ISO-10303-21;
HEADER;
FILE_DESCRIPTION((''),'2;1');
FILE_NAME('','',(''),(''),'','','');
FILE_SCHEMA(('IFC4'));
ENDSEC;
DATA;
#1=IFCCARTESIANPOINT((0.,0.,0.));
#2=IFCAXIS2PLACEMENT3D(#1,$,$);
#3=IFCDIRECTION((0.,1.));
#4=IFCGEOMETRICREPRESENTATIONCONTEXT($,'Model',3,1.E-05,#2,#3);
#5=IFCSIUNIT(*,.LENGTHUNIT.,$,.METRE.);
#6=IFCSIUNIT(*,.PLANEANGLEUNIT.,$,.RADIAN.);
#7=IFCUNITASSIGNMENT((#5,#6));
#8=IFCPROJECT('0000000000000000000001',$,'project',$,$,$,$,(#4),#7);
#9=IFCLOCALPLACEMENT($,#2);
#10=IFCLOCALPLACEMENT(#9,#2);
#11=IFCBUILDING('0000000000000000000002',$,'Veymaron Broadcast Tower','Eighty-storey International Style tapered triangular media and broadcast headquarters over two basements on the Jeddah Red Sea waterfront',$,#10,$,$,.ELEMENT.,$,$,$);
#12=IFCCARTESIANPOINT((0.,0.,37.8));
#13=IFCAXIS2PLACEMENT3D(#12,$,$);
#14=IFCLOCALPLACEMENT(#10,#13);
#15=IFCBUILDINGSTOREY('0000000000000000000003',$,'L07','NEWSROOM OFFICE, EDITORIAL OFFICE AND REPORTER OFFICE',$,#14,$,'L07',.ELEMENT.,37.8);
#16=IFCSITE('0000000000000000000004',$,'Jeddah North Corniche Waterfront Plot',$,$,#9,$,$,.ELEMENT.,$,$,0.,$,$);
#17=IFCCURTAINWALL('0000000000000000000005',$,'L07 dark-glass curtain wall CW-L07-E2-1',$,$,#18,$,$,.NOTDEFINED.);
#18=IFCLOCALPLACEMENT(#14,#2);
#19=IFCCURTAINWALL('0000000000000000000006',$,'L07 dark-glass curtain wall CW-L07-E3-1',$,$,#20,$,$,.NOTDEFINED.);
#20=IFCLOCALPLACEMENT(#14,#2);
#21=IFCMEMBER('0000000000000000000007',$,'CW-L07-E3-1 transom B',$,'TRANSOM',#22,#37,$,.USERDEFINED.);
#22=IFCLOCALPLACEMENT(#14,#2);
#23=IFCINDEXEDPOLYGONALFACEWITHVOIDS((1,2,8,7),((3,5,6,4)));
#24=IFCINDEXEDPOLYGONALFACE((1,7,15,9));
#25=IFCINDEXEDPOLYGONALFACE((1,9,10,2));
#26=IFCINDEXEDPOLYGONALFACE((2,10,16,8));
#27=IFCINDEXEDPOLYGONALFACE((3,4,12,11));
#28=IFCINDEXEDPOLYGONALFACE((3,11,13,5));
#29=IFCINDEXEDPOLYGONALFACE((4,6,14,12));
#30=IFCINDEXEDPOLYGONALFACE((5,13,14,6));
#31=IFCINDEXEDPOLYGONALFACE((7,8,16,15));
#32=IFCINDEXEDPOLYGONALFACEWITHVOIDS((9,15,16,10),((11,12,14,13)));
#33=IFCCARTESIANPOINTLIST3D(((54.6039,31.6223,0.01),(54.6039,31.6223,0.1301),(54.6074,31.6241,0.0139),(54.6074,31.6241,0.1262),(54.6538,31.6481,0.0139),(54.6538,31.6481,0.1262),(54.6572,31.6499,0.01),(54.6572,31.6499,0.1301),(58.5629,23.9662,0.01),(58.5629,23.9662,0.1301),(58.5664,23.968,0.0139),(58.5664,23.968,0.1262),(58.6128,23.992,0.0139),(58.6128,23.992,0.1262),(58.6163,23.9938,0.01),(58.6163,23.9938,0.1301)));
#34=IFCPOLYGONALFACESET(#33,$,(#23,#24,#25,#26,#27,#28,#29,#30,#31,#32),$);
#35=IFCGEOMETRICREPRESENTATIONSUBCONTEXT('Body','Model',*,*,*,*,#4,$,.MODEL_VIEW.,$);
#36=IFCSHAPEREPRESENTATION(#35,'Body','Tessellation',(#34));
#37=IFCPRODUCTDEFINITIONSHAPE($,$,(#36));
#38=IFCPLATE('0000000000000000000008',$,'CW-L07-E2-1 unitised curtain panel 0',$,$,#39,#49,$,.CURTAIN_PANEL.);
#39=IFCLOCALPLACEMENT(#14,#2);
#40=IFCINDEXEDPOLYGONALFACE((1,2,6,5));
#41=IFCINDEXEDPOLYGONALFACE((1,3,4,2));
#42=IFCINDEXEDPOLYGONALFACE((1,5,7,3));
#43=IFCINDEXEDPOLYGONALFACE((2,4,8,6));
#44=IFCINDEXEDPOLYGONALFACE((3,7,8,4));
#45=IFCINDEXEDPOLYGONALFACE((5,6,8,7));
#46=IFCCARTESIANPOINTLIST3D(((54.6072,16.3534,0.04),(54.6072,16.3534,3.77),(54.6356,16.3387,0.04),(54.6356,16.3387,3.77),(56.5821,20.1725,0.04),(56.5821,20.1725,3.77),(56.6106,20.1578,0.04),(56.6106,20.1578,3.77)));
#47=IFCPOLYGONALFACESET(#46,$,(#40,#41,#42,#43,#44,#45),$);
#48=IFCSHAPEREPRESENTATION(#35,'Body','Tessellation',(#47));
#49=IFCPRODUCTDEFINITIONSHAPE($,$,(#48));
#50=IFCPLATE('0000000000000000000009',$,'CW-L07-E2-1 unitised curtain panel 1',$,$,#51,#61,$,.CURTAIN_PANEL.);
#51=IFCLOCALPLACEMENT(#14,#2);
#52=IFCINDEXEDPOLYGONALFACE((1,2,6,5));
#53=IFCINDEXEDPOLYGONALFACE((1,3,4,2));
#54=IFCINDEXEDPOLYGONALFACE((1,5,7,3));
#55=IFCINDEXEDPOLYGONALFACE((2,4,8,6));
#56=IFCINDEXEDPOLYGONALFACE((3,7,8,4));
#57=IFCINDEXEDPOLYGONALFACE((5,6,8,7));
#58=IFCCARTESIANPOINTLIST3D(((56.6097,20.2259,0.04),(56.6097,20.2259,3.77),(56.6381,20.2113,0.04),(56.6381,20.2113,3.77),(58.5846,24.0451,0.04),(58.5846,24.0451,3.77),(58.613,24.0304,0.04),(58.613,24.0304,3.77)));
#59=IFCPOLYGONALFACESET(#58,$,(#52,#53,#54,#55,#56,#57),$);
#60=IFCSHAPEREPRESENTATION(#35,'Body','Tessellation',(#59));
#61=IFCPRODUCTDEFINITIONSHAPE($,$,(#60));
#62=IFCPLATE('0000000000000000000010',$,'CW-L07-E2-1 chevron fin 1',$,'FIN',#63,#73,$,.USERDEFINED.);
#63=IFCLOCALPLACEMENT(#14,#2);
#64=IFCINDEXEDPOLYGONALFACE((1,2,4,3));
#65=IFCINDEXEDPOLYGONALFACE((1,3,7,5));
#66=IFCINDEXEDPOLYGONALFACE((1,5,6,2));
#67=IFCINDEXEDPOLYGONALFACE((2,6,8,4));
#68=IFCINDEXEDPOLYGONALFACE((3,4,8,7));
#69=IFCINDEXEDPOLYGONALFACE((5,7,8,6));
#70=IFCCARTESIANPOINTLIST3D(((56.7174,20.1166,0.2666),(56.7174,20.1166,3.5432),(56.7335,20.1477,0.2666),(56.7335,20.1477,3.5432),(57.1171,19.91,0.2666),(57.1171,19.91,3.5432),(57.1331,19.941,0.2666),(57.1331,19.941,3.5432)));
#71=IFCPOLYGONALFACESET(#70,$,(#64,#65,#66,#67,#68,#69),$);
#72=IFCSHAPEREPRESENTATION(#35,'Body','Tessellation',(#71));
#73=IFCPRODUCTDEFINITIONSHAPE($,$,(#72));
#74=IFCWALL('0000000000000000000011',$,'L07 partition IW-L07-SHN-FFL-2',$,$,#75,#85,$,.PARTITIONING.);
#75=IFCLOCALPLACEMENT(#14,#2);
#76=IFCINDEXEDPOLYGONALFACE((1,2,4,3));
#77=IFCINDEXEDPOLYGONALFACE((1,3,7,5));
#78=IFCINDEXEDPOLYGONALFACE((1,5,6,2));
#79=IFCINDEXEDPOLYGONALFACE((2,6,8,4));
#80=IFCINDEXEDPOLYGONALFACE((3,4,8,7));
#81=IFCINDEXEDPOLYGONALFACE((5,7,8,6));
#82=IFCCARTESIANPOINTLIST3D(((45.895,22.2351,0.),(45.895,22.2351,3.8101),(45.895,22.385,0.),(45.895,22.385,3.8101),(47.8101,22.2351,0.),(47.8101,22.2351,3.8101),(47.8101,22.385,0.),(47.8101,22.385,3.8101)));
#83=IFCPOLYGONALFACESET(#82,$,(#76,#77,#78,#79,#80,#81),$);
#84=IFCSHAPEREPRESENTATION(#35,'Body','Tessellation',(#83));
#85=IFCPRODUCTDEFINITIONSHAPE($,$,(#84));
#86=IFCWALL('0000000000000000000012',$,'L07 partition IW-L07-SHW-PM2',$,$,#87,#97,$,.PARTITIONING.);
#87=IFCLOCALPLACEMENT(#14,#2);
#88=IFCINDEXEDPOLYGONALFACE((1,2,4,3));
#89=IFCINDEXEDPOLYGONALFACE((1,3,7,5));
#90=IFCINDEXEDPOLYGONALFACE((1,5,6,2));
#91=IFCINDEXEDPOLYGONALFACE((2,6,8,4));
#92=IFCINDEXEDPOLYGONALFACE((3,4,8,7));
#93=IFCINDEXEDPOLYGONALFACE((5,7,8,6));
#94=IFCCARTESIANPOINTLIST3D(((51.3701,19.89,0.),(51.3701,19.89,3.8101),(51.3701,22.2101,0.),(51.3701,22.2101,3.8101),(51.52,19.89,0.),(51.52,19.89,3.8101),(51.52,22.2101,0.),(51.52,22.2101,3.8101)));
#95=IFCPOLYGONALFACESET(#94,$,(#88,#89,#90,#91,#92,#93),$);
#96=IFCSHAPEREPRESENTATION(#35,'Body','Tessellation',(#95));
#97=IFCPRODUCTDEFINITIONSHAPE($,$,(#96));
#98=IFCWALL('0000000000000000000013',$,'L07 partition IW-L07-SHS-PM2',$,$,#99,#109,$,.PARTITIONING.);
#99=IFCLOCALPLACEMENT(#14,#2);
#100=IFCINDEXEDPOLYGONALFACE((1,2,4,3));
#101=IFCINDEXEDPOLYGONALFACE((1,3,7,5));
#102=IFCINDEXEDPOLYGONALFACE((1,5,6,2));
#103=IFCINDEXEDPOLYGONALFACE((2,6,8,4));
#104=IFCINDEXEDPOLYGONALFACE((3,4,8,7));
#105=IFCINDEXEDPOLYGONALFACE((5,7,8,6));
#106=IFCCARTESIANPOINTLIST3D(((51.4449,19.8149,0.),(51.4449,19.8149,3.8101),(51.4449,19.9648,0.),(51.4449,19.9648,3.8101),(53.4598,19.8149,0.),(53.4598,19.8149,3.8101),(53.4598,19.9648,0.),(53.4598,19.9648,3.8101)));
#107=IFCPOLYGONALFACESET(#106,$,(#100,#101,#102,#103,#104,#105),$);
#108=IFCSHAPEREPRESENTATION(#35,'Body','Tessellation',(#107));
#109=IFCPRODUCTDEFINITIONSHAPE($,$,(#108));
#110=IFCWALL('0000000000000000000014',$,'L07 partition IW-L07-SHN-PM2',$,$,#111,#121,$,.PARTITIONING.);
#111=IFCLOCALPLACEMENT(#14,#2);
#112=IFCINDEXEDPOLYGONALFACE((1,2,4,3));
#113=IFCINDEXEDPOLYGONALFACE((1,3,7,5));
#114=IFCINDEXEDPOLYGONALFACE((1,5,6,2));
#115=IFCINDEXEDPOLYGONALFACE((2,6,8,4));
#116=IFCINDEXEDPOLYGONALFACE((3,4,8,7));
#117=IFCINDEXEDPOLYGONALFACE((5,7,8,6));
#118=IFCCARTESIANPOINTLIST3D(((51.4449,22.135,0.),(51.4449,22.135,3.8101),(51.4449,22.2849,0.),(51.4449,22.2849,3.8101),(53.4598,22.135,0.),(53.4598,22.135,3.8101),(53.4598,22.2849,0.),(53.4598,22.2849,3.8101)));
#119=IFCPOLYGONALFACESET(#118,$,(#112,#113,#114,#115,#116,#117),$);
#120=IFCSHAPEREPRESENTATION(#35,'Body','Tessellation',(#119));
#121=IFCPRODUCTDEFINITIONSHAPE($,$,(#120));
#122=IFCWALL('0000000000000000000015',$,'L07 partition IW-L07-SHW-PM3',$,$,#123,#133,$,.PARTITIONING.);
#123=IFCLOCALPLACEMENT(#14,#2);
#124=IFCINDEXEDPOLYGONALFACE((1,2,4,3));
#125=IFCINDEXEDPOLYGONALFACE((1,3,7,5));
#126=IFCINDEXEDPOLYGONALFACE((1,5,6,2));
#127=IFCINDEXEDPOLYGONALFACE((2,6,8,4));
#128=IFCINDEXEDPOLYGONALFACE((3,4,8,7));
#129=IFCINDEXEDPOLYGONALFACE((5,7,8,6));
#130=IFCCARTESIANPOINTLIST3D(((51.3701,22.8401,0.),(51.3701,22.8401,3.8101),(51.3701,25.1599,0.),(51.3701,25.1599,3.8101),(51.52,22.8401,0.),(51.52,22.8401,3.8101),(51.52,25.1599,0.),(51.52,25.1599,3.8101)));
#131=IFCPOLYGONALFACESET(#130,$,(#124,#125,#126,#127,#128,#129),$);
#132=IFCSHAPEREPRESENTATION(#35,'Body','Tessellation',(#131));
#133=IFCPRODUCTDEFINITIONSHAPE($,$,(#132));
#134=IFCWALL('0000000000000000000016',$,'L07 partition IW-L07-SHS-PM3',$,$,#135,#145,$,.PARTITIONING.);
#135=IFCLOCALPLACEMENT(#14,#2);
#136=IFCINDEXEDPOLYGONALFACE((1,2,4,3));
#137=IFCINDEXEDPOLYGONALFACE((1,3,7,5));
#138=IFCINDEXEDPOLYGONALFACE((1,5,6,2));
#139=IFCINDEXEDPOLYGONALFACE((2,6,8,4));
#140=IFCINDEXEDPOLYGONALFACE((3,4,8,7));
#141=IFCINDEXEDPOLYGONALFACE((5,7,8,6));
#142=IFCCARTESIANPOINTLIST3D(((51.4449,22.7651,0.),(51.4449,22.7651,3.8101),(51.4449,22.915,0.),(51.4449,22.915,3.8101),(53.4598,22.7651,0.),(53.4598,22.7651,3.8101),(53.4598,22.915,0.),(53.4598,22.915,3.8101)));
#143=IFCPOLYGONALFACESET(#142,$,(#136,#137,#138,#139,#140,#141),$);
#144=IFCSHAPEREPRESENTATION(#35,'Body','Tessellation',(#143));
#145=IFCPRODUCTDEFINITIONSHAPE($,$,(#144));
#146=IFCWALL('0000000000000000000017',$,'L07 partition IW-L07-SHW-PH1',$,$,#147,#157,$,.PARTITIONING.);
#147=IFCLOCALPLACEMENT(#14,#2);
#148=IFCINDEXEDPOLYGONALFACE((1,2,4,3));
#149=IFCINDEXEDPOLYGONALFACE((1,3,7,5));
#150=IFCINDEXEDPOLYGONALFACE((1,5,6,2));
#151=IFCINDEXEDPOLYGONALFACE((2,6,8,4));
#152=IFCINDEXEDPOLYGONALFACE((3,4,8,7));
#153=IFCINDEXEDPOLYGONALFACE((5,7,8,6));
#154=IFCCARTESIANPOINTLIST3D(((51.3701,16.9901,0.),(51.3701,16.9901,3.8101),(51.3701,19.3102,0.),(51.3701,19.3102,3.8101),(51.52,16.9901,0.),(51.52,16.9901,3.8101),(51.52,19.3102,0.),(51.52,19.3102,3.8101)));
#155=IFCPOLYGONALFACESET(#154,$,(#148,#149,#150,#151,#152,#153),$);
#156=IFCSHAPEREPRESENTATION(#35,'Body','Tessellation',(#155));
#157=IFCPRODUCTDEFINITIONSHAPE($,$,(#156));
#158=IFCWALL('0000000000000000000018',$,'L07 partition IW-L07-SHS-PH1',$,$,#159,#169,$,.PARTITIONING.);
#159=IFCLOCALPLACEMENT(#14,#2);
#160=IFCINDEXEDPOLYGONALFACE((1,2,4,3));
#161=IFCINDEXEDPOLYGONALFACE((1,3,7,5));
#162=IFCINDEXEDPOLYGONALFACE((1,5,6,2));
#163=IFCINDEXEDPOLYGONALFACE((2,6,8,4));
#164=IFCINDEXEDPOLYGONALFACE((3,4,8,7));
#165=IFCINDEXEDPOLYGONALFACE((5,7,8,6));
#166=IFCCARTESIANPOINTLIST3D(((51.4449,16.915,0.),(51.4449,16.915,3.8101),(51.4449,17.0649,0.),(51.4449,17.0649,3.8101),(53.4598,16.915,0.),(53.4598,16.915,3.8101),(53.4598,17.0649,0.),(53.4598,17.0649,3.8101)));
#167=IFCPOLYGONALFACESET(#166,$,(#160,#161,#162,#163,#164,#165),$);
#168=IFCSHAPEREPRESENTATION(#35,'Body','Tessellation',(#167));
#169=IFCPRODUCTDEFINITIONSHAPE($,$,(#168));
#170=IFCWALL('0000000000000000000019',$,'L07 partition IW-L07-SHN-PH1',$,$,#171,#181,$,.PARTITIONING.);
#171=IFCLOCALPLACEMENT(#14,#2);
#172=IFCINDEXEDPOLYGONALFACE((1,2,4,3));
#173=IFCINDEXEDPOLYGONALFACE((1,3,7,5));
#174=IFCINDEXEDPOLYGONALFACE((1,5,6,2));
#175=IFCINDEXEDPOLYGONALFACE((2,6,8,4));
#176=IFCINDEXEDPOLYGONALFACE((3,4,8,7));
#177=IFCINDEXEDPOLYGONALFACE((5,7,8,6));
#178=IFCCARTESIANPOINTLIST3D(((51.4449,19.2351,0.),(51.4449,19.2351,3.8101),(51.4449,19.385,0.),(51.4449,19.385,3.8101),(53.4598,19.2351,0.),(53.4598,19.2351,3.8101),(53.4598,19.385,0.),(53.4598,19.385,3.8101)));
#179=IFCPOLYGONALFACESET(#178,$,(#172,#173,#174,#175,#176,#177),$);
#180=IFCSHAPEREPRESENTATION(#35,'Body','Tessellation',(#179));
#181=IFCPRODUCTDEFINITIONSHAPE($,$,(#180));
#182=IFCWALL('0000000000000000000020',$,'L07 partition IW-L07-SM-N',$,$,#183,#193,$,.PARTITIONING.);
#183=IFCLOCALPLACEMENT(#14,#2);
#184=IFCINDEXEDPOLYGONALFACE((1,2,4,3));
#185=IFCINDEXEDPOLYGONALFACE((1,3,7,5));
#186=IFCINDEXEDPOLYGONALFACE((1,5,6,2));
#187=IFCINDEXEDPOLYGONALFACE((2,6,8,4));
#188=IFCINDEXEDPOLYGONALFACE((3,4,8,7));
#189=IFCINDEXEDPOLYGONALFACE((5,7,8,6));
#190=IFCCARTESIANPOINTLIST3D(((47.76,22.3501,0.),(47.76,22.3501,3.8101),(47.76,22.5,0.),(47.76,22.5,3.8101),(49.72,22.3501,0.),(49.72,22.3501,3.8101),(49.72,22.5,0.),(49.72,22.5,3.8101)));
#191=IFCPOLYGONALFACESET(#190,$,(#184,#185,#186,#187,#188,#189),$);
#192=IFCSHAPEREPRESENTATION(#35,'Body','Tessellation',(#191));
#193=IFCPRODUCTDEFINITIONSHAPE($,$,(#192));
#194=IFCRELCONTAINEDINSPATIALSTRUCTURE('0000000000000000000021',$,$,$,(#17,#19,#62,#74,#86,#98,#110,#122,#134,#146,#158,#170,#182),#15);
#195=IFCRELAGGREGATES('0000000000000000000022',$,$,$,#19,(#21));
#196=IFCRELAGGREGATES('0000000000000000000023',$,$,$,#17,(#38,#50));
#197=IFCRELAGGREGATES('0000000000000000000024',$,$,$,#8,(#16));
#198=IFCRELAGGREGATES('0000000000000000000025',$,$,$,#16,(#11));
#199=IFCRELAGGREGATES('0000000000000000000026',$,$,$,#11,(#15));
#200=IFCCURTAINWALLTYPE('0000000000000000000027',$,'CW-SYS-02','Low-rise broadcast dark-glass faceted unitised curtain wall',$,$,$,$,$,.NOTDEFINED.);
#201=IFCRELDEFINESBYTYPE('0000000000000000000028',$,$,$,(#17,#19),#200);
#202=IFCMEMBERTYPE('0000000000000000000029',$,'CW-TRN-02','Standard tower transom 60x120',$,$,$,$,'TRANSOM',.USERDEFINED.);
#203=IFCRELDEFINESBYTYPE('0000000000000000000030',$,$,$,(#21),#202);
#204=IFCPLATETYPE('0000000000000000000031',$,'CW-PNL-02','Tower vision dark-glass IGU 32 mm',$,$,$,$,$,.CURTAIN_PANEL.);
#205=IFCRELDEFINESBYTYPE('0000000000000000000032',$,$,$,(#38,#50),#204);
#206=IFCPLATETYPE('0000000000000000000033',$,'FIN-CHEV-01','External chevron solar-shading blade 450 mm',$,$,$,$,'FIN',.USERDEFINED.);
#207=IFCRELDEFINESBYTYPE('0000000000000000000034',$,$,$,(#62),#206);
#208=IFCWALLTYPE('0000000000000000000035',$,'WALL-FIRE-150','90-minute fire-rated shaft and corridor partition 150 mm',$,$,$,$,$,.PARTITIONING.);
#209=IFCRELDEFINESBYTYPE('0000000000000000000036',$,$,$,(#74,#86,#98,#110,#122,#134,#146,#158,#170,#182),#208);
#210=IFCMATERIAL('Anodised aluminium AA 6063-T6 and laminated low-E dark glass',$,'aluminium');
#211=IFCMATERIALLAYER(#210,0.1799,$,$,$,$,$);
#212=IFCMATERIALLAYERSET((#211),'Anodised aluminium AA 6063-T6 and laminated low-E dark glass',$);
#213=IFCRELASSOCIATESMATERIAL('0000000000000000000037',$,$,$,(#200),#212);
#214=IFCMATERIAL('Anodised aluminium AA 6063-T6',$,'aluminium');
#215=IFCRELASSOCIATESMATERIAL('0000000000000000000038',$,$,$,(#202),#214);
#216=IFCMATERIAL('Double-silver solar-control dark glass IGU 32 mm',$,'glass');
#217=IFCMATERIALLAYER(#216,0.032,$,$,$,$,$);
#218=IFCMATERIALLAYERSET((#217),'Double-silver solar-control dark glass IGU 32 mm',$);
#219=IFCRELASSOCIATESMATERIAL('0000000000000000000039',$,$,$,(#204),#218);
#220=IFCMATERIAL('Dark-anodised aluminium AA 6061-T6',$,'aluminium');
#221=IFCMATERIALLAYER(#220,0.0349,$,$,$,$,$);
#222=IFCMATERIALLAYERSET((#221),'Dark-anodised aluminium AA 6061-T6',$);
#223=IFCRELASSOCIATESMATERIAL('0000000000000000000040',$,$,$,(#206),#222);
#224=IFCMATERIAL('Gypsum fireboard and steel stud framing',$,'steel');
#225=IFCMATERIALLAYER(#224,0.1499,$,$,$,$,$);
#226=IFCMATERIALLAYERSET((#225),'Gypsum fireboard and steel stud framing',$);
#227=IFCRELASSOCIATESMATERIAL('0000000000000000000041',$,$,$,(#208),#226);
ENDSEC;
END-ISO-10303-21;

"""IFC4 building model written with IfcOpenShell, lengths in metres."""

from ifc_helpers import new_model, si_unit, direction, frame, frame_2d, origin, origin_2d, place, context, subcontext, project, spatial, rectangle, hollow_rectangle, extrude, material, layer, layer_set, material_profile, profile_set, type_object, element, aggregate, save


model = new_model("IFC4")

# Units and contexts
model_context = context("Model", 3, precision=1e-05, world=origin(), true_north=direction((0.0, 1.0)))
body_context = subcontext(model_context, "Body", "Model", "MODEL_VIEW")
ifc_project = project(units=[si_unit("LENGTHUNIT", "METRE"), si_unit("PLANEANGLEUNIT", "RADIAN")], contexts=[model_context])

# Site, building, storey
site_placement = place(None, origin())
site = spatial("IfcSite", under=ifc_project, at=site_placement, Name="Jeddah North Corniche Waterfront Plot", CompositionType="ELEMENT", RefElevation=0.0)
building_placement = place(site_placement, origin())
building = spatial("IfcBuilding", under=site, at=building_placement, Name="Veymaron Broadcast Tower", Description="Eighty-storey International Style tapered triangular media and broadcast headquarters over two basements on the Jeddah Red Sea waterfront", CompositionType="ELEMENT")
storey_placement = place(building_placement, frame((0.0, 0.0, 37.8)))
storey = spatial("IfcBuildingStorey", under=building, at=storey_placement, Name="L07", Description="NEWSROOM OFFICE, EDITORIAL OFFICE AND REPORTER OFFICE", LongName="L07", CompositionType="ELEMENT", Elevation=37.8)

# Curtain wall
ifc_material_1 = material(Name="Anodised aluminium AA 6063-T6 and laminated low-E dark glass", Category="aluminium")
ifc_layer_1 = layer(ifc_material_1, 0.1799)
ifc_layer_set_1 = layer_set([ifc_layer_1], Name="Anodised aluminium AA 6063-T6 and laminated low-E dark glass")
curtain_wall_type = type_object("IfcCurtainWallType", Name="CW-SYS-02", Description="Low-rise broadcast dark-glass faceted unitised curtain wall", PredefinedType="NOTDEFINED", material=ifc_layer_set_1)
curtain_wall_1_placement = place(storey_placement, origin())
curtain_wall_1 = element("IfcCurtainWall", 1, at=curtain_wall_1_placement, inside=storey, type_object=curtain_wall_type, Name="L07 dark-glass curtain wall CW-L07-E2-1", PredefinedType="NOTDEFINED")
ifc_material_2 = material(Name="Anodised aluminium AA 6063-T6", Category="aluminium")

# Curtain wall
curtain_wall_2_placement = place(storey_placement, origin())
curtain_wall_2 = element("IfcCurtainWall", 2, at=curtain_wall_2_placement, inside=storey, type_object=curtain_wall_type, Name="L07 dark-glass curtain wall CW-L07-E3-1", PredefinedType="NOTDEFINED")

# Member
ifc_material_profile_1 = material_profile(ifc_material_2, hollow_rectangle(XDim=0.0601, YDim=0.1201, WallThickness=0.0039, at=origin_2d()), Name="AL120X60X4")
ifc_profile_set_1 = profile_set([ifc_material_profile_1], Name="Anodised aluminium AA 6063-T6")
member_type_1 = type_object("IfcMemberType", Name="CW-TRN-02", Description="Standard tower transom 60x120", ElementType="TRANSOM", PredefinedType="USERDEFINED", material=ifc_profile_set_1)
member_1_placement = place(storey_placement, frame((58.5896, 23.98, 0.0701), z_axis=(-0.45933, 0.888266, 0.0), x_axis=(-0.888266, -0.45933, 0.0)))
member_1 = element("IfcMember", 3, at=member_1_placement, type_object=member_type_1, Name="CW-L07-E3-1 transom B", ObjectType="TRANSOM", PredefinedType="USERDEFINED", context=body_context, shape_type="SweptSolid", body=[
    extrude(hollow_rectangle(XDim=0.0601, YDim=0.1201, WallThickness=0.0039, at=origin_2d()), origin(), (0.0, 0.0, 1.0), 8.6191),
])
aggregate(curtain_wall_2, [member_1])

# Plates
ifc_material_3 = material(Name="Double-silver solar-control dark glass IGU 32 mm", Category="glass")
ifc_layer_2 = layer(ifc_material_3, 0.032)
ifc_layer_set_2 = layer_set([ifc_layer_2], Name="Double-silver solar-control dark glass IGU 32 mm")
plate_type_1 = type_object("IfcPlateType", Name="CW-PNL-02", Description="Tower vision dark-glass IGU 32 mm", PredefinedType="CURTAIN_PANEL", material=ifc_layer_set_2)
plate_1_placement = place(storey_placement, frame((55.6089, 18.2556, 0.04), z_axis=(0.0, 0.0, 1.0), x_axis=(0.459332, 0.888265, 0.0)))
plate_1 = element("IfcPlate", 4, at=plate_1_placement, type_object=plate_type_1, Name="CW-L07-E2-1 unitised curtain panel 0", PredefinedType="CURTAIN_PANEL", context=body_context, shape_type="SweptSolid", body=[
    extrude(rectangle(XDim=4.2996, YDim=0.032, at=origin_2d()), origin(), (0.0, 0.0, 1.0), 3.73),
])
plate_2_placement = place(storey_placement, frame((57.6113, 22.1282, 0.04), z_axis=(0.0, 0.0, 1.0), x_axis=(0.459332, 0.888265, 0.0)))
plate_2 = element("IfcPlate", 5, at=plate_2_placement, type_object=plate_type_1, Name="CW-L07-E2-1 unitised curtain panel 1", PredefinedType="CURTAIN_PANEL", context=body_context, shape_type="SweptSolid", body=[
    extrude(rectangle(XDim=4.2996, YDim=0.032, at=origin_2d()), origin(), (0.0, 0.0, 1.0), 3.73),
])
aggregate(curtain_wall_1, [plate_1, plate_2])
ifc_material_4 = material(Name="Dark-anodised aluminium AA 6061-T6", Category="aluminium")
ifc_layer_3 = layer(ifc_material_4, 0.0349)
ifc_layer_set_3 = layer_set([ifc_layer_3], Name="Dark-anodised aluminium AA 6061-T6")
plate_type_2 = type_object("IfcPlateType", Name="FIN-CHEV-01", Description="External chevron solar-shading blade 450 mm", ElementType="FIN", PredefinedType="USERDEFINED", material=ifc_layer_set_3)
plate_3_placement = place(storey_placement, frame((56.9253, 20.0288, 0.2666), z_axis=(0.0, 0.0, 1.0), x_axis=(0.888265, -0.459332, 0.0)))
element("IfcPlate", 6, at=plate_3_placement, inside=storey, type_object=plate_type_2, Name="CW-L07-E2-1 chevron fin 1", ObjectType="FIN", PredefinedType="USERDEFINED", context=body_context, shape_type="SweptSolid", body=[
    extrude(rectangle(XDim=0.45, YDim=0.0349, at=origin_2d()), origin(), (0.0, 0.0, 1.0), 3.2766),
])

# Walls
ifc_material_5 = material(Name="Gypsum fireboard and steel stud framing", Category="steel")
ifc_layer_4 = layer(ifc_material_5, 0.1499)
ifc_layer_set_4 = layer_set([ifc_layer_4], Name="Gypsum fireboard and steel stud framing")
wall_type_1 = type_object("IfcWallType", Name="WALL-FIRE-150", Description="90-minute fire-rated shaft and corridor partition 150 mm", PredefinedType="PARTITIONING", material=ifc_layer_set_4)
wall_1_placement = place(storey_placement, frame((45.895, 22.3101, 0.0), z_axis=(0.0, 0.0, 1.0), x_axis=(1.0, 0.0, 0.0)))
element("IfcWall", 7, at=wall_1_placement, inside=storey, type_object=wall_type_1, Name="L07 partition IW-L07-SHN-FFL-2", PredefinedType="PARTITIONING", context=body_context, shape_type="SweptSolid", body=[
    extrude(rectangle(XDim=1.915, YDim=0.1499, at=frame_2d((0.9575, 0.0))), origin(), (0.0, 0.0, 1.0), 3.8101),
])
wall_2_placement = place(storey_placement, frame((51.4451, 19.8899, 0.0), z_axis=(0.0, 0.0, 1.0), x_axis=(0.0, 1.0, 0.0)))
element("IfcWall", 8, at=wall_2_placement, inside=storey, type_object=wall_type_1, Name="L07 partition IW-L07-SHW-PM2", PredefinedType="PARTITIONING", context=body_context, shape_type="SweptSolid", body=[
    extrude(rectangle(XDim=2.3201, YDim=0.1499, at=frame_2d((1.1602, 0.0))), origin(), (0.0, 0.0, 1.0), 3.8101),
])
for number, where, z_axis, x_axis, name in (
    (9, (51.4451, 19.8899, 0.0), (0.0, 0.0, 1.0), (1.0, 0.0, 0.0), "L07 partition IW-L07-SHS-PM2"),
    (10, (51.4451, 22.21, 0.0), (0.0, 0.0, 1.0), (1.0, 0.0, 0.0), "L07 partition IW-L07-SHN-PM2"),
):
    element("IfcWall", number, at=place(storey_placement, frame(where, z_axis=z_axis, x_axis=x_axis)), inside=storey, type_object=wall_type_1, Name=name, PredefinedType="PARTITIONING", context=body_context, shape_type="SweptSolid", body=[
        extrude(rectangle(XDim=2.0149, YDim=0.1499, at=frame_2d((1.0073, 0.0))), origin(), (0.0, 0.0, 1.0), 3.8101),
    ])
wall_3_placement = place(storey_placement, frame((51.4451, 22.8401, 0.0), z_axis=(0.0, 0.0, 1.0), x_axis=(0.0, 1.0, 0.0)))
element("IfcWall", 11, at=wall_3_placement, inside=storey, type_object=wall_type_1, Name="L07 partition IW-L07-SHW-PM3", PredefinedType="PARTITIONING", context=body_context, shape_type="SweptSolid", body=[
    extrude(rectangle(XDim=2.3198, YDim=0.1499, at=frame_2d((1.1599, 0.0))), origin(), (0.0, 0.0, 1.0), 3.8101),
])
wall_4_placement = place(storey_placement, frame((51.4451, 22.8401, 0.0), z_axis=(0.0, 0.0, 1.0), x_axis=(1.0, 0.0, 0.0)))
element("IfcWall", 12, at=wall_4_placement, inside=storey, type_object=wall_type_1, Name="L07 partition IW-L07-SHS-PM3", PredefinedType="PARTITIONING", context=body_context, shape_type="SweptSolid", body=[
    extrude(rectangle(XDim=2.0149, YDim=0.1499, at=frame_2d((1.0073, 0.0))), origin(), (0.0, 0.0, 1.0), 3.8101),
])
wall_5_placement = place(storey_placement, frame((51.4451, 16.99, 0.0), z_axis=(0.0, 0.0, 1.0), x_axis=(0.0, 1.0, 0.0)))
element("IfcWall", 13, at=wall_5_placement, inside=storey, type_object=wall_type_1, Name="L07 partition IW-L07-SHW-PH1", PredefinedType="PARTITIONING", context=body_context, shape_type="SweptSolid", body=[
    extrude(rectangle(XDim=2.3201, YDim=0.1499, at=frame_2d((1.1602, 0.0))), origin(), (0.0, 0.0, 1.0), 3.8101),
])
for number, where, z_axis, x_axis, name in (
    (14, (51.4451, 16.99, 0.0), (0.0, 0.0, 1.0), (1.0, 0.0, 0.0), "L07 partition IW-L07-SHS-PH1"),
    (15, (51.4451, 19.3101, 0.0), (0.0, 0.0, 1.0), (1.0, 0.0, 0.0), "L07 partition IW-L07-SHN-PH1"),
):
    element("IfcWall", number, at=place(storey_placement, frame(where, z_axis=z_axis, x_axis=x_axis)), inside=storey, type_object=wall_type_1, Name=name, PredefinedType="PARTITIONING", context=body_context, shape_type="SweptSolid", body=[
        extrude(rectangle(XDim=2.0149, YDim=0.1499, at=frame_2d((1.0073, 0.0))), origin(), (0.0, 0.0, 1.0), 3.8101),
    ])

# Wall
wall_6_placement = place(storey_placement, frame((47.76, 22.425, 0.0), z_axis=(0.0, 0.0, 1.0), x_axis=(1.0, 0.0, 0.0)))
element("IfcWall", 16, at=wall_6_placement, inside=storey, type_object=wall_type_1, Name="L07 partition IW-L07-SM-N", PredefinedType="PARTITIONING", context=body_context, shape_type="SweptSolid", body=[
    extrude(rectangle(XDim=1.96, YDim=0.1499, at=frame_2d((0.98, 0.0))), origin(), (0.0, 0.0, 1.0), 3.8101),
])

save(model, "model.ifc")
